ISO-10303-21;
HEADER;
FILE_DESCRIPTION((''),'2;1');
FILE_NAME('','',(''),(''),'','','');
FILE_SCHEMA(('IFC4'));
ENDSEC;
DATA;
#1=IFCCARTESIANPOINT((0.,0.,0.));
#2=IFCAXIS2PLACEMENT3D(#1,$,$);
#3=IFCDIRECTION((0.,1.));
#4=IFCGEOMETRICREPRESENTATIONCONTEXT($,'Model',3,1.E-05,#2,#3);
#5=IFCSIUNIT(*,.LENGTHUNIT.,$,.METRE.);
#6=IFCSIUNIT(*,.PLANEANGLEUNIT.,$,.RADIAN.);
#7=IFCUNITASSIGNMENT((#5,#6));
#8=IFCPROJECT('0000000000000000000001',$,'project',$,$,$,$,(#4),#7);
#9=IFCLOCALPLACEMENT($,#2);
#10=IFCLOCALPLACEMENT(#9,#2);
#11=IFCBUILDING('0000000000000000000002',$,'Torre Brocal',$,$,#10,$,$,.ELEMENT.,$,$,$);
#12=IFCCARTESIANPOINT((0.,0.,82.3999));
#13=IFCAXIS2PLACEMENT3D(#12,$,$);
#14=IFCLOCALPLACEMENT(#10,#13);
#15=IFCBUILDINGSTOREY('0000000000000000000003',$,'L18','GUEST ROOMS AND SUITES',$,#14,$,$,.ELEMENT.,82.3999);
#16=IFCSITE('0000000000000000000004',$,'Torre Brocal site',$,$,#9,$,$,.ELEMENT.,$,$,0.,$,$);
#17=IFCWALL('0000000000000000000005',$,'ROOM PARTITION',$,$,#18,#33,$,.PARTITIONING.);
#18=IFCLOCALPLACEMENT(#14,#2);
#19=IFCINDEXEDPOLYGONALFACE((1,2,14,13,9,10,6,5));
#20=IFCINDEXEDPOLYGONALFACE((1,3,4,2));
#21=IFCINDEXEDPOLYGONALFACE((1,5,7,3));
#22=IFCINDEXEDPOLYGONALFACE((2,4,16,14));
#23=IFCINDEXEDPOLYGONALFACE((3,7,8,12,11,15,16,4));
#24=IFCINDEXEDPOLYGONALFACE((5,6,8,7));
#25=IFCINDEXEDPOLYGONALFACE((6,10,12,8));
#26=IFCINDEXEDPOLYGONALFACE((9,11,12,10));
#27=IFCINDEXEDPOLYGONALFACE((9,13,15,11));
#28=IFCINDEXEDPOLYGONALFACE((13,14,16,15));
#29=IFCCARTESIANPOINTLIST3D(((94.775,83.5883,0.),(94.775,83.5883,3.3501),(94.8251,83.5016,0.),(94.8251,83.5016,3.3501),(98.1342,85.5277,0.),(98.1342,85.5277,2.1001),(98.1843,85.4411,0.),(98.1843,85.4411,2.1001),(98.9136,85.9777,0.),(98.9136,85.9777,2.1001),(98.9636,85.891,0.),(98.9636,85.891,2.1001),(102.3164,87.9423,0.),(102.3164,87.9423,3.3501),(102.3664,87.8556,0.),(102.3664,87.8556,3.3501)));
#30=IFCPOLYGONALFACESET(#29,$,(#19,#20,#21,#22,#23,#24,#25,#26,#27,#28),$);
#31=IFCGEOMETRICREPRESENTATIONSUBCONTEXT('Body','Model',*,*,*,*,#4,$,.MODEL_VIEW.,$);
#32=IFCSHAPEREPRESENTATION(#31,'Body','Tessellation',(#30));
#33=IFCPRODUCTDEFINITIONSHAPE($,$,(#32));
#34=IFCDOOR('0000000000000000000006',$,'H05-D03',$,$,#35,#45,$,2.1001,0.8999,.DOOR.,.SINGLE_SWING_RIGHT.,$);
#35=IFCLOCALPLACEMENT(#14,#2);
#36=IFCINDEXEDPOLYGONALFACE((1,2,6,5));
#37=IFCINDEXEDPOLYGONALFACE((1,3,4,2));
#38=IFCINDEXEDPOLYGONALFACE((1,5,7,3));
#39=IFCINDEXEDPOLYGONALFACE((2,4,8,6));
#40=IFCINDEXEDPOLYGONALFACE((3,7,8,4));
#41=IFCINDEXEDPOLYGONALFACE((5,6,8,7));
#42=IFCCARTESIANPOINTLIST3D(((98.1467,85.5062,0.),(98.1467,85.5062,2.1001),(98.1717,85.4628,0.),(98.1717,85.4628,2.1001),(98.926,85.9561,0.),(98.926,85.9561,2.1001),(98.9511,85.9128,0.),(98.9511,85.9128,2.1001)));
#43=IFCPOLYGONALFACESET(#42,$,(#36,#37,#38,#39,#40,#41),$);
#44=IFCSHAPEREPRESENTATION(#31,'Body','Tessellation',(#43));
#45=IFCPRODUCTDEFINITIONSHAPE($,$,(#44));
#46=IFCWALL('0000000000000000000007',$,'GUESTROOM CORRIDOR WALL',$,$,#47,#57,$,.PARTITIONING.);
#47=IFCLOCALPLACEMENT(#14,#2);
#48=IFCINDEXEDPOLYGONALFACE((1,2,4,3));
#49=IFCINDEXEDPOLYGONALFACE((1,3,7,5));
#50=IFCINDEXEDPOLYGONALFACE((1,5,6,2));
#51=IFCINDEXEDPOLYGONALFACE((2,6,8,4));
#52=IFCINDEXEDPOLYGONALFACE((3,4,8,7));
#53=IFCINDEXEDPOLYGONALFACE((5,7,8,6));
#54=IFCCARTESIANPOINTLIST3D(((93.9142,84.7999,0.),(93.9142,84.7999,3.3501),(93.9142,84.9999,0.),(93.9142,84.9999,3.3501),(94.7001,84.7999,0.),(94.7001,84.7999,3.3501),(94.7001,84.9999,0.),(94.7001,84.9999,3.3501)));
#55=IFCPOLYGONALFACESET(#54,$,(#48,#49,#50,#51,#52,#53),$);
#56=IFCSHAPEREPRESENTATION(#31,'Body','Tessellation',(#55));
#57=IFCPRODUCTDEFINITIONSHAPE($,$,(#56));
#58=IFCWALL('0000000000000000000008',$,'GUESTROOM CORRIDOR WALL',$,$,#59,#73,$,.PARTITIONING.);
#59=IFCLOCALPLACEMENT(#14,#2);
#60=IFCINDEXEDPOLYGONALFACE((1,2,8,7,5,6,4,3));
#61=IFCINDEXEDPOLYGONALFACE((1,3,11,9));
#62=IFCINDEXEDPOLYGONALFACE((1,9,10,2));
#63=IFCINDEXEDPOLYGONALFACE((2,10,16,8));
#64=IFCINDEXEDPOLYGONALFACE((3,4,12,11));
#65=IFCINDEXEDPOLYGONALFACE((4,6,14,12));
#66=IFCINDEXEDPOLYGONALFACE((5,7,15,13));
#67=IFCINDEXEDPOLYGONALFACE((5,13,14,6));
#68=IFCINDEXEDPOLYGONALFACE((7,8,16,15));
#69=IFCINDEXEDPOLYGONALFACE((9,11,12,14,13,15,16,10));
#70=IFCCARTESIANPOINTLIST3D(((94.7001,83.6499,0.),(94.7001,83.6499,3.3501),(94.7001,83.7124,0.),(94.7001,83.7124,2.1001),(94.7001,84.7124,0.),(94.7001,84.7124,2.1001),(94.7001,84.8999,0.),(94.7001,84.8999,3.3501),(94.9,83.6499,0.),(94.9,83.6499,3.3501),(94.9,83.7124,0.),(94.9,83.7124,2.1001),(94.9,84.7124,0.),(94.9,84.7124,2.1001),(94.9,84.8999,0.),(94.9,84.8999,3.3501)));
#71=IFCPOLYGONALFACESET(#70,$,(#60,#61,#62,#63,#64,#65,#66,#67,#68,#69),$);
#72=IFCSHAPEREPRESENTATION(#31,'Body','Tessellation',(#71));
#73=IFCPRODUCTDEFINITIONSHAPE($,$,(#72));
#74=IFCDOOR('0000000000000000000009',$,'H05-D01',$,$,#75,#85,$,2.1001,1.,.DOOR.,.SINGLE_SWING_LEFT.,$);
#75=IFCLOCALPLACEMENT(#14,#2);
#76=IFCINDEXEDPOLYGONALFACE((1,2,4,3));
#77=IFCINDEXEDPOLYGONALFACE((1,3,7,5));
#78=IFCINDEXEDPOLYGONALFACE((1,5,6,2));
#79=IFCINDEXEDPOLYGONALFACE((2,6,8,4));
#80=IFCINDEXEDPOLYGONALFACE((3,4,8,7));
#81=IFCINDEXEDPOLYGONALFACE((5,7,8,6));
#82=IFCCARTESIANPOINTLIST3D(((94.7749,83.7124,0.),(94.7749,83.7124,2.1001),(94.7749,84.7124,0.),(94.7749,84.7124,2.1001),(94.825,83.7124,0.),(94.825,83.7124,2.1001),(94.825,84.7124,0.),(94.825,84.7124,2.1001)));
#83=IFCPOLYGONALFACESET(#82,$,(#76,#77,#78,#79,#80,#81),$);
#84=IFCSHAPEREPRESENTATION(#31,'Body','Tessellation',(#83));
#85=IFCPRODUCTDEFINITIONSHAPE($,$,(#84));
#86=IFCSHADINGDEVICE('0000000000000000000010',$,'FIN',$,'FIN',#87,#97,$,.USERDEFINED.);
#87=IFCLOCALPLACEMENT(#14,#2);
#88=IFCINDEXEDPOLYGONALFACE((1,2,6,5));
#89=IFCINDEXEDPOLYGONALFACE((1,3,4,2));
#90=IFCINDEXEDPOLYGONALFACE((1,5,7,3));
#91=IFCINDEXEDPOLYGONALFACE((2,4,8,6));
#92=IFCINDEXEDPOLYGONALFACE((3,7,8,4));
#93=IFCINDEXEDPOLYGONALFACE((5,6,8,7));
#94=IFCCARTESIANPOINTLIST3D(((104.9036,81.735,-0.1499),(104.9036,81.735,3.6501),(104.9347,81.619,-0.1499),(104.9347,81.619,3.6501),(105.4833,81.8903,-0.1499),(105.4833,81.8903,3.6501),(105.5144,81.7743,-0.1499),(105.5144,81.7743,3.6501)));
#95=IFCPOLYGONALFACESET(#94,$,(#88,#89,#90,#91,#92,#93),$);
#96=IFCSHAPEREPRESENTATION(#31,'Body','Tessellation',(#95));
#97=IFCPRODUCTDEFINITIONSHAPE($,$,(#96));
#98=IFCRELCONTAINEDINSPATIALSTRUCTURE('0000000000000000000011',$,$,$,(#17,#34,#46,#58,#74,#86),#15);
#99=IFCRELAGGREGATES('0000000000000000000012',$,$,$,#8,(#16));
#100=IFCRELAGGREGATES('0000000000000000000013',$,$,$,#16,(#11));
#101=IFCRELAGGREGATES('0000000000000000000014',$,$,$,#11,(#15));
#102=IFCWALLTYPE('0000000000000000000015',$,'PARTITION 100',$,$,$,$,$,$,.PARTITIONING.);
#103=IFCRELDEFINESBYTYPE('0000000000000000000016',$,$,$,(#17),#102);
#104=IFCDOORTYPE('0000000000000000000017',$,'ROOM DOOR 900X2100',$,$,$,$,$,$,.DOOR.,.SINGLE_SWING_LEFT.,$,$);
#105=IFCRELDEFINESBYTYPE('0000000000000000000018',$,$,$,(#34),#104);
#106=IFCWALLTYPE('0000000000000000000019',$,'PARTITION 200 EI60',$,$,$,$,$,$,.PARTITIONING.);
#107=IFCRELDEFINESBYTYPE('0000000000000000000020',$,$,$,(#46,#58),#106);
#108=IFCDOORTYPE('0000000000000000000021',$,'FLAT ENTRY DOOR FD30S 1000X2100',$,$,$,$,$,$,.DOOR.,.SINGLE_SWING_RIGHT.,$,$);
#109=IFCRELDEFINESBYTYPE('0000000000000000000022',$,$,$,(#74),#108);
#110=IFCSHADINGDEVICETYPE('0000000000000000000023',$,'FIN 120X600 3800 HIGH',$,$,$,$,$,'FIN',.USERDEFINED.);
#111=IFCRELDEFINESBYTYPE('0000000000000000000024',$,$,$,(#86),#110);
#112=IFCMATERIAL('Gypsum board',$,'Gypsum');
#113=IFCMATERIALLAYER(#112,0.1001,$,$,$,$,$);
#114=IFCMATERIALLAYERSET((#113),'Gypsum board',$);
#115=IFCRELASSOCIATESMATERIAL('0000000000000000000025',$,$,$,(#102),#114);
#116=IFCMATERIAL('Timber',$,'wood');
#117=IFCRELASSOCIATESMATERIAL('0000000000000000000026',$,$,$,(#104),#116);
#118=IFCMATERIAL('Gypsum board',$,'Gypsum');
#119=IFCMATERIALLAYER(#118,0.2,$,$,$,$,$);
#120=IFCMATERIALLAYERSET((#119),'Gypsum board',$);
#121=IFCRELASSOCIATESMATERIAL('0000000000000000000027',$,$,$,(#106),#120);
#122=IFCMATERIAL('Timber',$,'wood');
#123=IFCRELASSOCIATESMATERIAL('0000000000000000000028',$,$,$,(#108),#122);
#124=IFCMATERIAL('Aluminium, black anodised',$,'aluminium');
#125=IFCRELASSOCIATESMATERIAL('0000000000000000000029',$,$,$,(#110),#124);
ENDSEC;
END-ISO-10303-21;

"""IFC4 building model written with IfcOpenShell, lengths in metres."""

from ifc_helpers import new_model, si_unit, direction, frame, frame_2d, origin, origin_2d, place, context, subcontext, project, spatial, rectangle, extrude, material, layer, layer_set, material_profile, profile_set, type_object, element, fill, save


model = new_model("IFC4")

# Units and contexts
model_context = context("Model", 3, precision=1e-05, world=origin(), true_north=direction((0.0, 1.0)))
body_context = subcontext(model_context, "Body", "Model", "MODEL_VIEW")
ifc_project = project(units=[si_unit("LENGTHUNIT", "METRE"), si_unit("PLANEANGLEUNIT", "RADIAN")], contexts=[model_context])

# Site, building, storey
site_placement = place(None, origin())
site = spatial("IfcSite", under=ifc_project, at=site_placement, Name="Torre Brocal site", CompositionType="ELEMENT", RefElevation=0.0)
building_placement = place(site_placement, origin())
building = spatial("IfcBuilding", under=site, at=building_placement, Name="Torre Brocal", CompositionType="ELEMENT")
storey_placement = place(building_placement, frame((0.0, 0.0, 82.3999)))
storey = spatial("IfcBuildingStorey", under=building, at=storey_placement, Name="L18", Description="GUEST ROOMS AND SUITES", CompositionType="ELEMENT", Elevation=82.3999)

# Shared definitions
ifc_material_1 = material(Name="Gypsum board", Category="Gypsum")
ifc_layer_1 = layer(ifc_material_1, 0.1001)
ifc_layer_set_1 = layer_set([ifc_layer_1], Name="Gypsum board")
wall_type_1 = type_object("IfcWallType", Name="PARTITION 100", PredefinedType="PARTITIONING", material=ifc_layer_set_1)

# Wall, opening, door
wall_1_placement = place(storey_placement, frame((94.8, 83.5449, 0.0), z_axis=(0.0, 0.0, 1.0), x_axis=(0.866023, 0.500005, 0.0)))
wall_1 = element("IfcWall", 1, at=wall_1_placement, inside=storey, type_object=wall_type_1, Name="ROOM PARTITION", PredefinedType="PARTITIONING", context=body_context, shape_type="SweptSolid", body=[
    extrude(rectangle(XDim=8.708, YDim=0.1001, at=frame_2d((4.354, 0.0))), origin(), (0.0, 0.0, 1.0), 3.3501),
])
opening_1_placement = place(wall_1_placement, frame((3.8789, 0.0, 0.0)))
opening_1 = element("IfcOpeningElement", 2, at=opening_1_placement, cuts=wall_1, PredefinedType="OPENING", context=body_context, shape_type="SweptSolid", body=[
    extrude(rectangle(XDim=0.8999, YDim=2.1001, at=frame_2d((0.45, 1.05))), frame((0.0, 0.0601, 0.0), z_axis=(0.0, -1.0, 0.0), x_axis=(1.0, 0.0, 0.0)), (0.0, 0.0, 1.0), 0.1201),
])
ifc_material_2 = material(Name="Timber", Category="wood")
door_type_1 = type_object("IfcDoorType", Name="ROOM DOOR 900X2100", OperationType="SINGLE_SWING_LEFT", PredefinedType="DOOR", material=ifc_material_2)
door_1_placement = place(opening_1_placement, frame((0.8999, 0.0, 0.0), z_axis=(0.0, 0.0, 1.0), x_axis=(-1.0, 0.0, 0.0)))
door_1 = element("IfcDoor", 3, at=door_1_placement, inside=storey, type_object=door_type_1, Name="H05-D03", OperationType="SINGLE_SWING_RIGHT", OverallHeight=2.1001, OverallWidth=0.8999, PredefinedType="DOOR", context=body_context, shape_type="SweptSolid", body=[
    extrude(rectangle(XDim=0.8999, YDim=2.1001, at=frame_2d((0.45, 1.05))), frame((0.0, 0.0249, 0.0), z_axis=(0.0, -1.0, 0.0), x_axis=(1.0, 0.0, 0.0)), (0.0, 0.0, 1.0), 0.05),
])
fill(opening_1, door_1)

# Wall
ifc_material_3 = material(Name="Gypsum board", Category="Gypsum")
ifc_layer_2 = layer(ifc_material_3, 0.2)
ifc_layer_set_2 = layer_set([ifc_layer_2], Name="Gypsum board")
wall_type_2 = type_object("IfcWallType", Name="PARTITION 200 EI60", PredefinedType="PARTITIONING", material=ifc_layer_set_2)
wall_2_placement = place(storey_placement, frame((93.9141, 84.8999, 0.0), z_axis=(0.0, 0.0, 1.0), x_axis=(1.0, 0.0, 0.0)))
element("IfcWall", 4, at=wall_2_placement, inside=storey, type_object=wall_type_2, Name="GUESTROOM CORRIDOR WALL", PredefinedType="PARTITIONING", context=body_context, shape_type="SweptSolid", body=[
    extrude(rectangle(XDim=0.7859, YDim=0.2, at=frame_2d((0.3931, 0.0))), origin(), (0.0, 0.0, 1.0), 3.3501),
])

# Wall, opening, door
wall_3_placement = place(storey_placement, frame((94.8, 83.6499, 0.0), z_axis=(0.0, 0.0, 1.0), x_axis=(0.0, 1.0, 0.0)))
wall_3 = element("IfcWall", 5, at=wall_3_placement, inside=storey, type_object=wall_type_2, Name="GUESTROOM CORRIDOR WALL", PredefinedType="PARTITIONING", context=body_context, shape_type="SweptSolid", body=[
    extrude(rectangle(XDim=1.25, YDim=0.2, at=frame_2d((0.625, 0.0))), origin(), (0.0, 0.0, 1.0), 3.3501),
])
opening_2_placement = place(wall_3_placement, frame((0.0625, 0.0, 0.0)))
opening_2 = element("IfcOpeningElement", 6, at=opening_2_placement, cuts=wall_3, PredefinedType="OPENING", context=body_context, shape_type="SweptSolid", body=[
    extrude(rectangle(XDim=1.0, YDim=2.1001, at=frame_2d((0.5, 1.05))), frame((0.0, 0.1099, 0.0), z_axis=(0.0, -1.0, 0.0), x_axis=(1.0, 0.0, 0.0)), (0.0, 0.0, 1.0), 0.22),
])
ifc_material_4 = material(Name="Timber", Category="wood")
door_type_2 = type_object("IfcDoorType", Name="FLAT ENTRY DOOR FD30S 1000X2100", OperationType="SINGLE_SWING_RIGHT", PredefinedType="DOOR", material=ifc_material_4)
door_2_placement = place(opening_2_placement, frame((1.0, 0.0, 0.0), z_axis=(0.0, 0.0, 1.0), x_axis=(-1.0, 0.0, 0.0)))
door_2 = element("IfcDoor", 7, at=door_2_placement, inside=storey, type_object=door_type_2, Name="H05-D01", OperationType="SINGLE_SWING_LEFT", OverallHeight=2.1001, OverallWidth=1.0, PredefinedType="DOOR", context=body_context, shape_type="SweptSolid", body=[
    extrude(rectangle(XDim=1.0, YDim=2.1001, at=frame_2d((0.5, 1.05))), frame((0.0, 0.0249, 0.0), z_axis=(0.0, -1.0, 0.0), x_axis=(1.0, 0.0, 0.0)), (0.0, 0.0, 1.0), 0.05),
])
fill(opening_2, door_2)

# Shading device
ifc_material_5 = material(Name="Aluminium, black anodised", Category="aluminium")
ifc_material_profile_1 = material_profile(ifc_material_5, rectangle(XDim=0.1201, YDim=0.6001, at=origin_2d()), Name="FIN 120X600 3800 HIGH")
ifc_profile_set_1 = profile_set([ifc_material_profile_1], Name="Aluminium, black anodised")
shading_device_type = type_object("IfcShadingDeviceType", Name="FIN 120X600 3800 HIGH", ElementType="FIN", PredefinedType="USERDEFINED", material=ifc_profile_set_1)
shading_device_placement = place(storey_placement, frame((105.209, 81.7546, -0.1499), z_axis=(0.0, 0.0, 1.0), x_axis=(-0.258819, 0.965926, 0.0)))
element("IfcShadingDevice", 8, at=shading_device_placement, inside=storey, type_object=shading_device_type, Name="FIN", ObjectType="FIN", PredefinedType="USERDEFINED", context=body_context, shape_type="SweptSolid", body=[
    extrude(rectangle(XDim=0.1201, YDim=0.6001, at=origin_2d()), origin(), (0.0, 0.0, 1.0), 3.8),
])

save(model, "model.ifc")
